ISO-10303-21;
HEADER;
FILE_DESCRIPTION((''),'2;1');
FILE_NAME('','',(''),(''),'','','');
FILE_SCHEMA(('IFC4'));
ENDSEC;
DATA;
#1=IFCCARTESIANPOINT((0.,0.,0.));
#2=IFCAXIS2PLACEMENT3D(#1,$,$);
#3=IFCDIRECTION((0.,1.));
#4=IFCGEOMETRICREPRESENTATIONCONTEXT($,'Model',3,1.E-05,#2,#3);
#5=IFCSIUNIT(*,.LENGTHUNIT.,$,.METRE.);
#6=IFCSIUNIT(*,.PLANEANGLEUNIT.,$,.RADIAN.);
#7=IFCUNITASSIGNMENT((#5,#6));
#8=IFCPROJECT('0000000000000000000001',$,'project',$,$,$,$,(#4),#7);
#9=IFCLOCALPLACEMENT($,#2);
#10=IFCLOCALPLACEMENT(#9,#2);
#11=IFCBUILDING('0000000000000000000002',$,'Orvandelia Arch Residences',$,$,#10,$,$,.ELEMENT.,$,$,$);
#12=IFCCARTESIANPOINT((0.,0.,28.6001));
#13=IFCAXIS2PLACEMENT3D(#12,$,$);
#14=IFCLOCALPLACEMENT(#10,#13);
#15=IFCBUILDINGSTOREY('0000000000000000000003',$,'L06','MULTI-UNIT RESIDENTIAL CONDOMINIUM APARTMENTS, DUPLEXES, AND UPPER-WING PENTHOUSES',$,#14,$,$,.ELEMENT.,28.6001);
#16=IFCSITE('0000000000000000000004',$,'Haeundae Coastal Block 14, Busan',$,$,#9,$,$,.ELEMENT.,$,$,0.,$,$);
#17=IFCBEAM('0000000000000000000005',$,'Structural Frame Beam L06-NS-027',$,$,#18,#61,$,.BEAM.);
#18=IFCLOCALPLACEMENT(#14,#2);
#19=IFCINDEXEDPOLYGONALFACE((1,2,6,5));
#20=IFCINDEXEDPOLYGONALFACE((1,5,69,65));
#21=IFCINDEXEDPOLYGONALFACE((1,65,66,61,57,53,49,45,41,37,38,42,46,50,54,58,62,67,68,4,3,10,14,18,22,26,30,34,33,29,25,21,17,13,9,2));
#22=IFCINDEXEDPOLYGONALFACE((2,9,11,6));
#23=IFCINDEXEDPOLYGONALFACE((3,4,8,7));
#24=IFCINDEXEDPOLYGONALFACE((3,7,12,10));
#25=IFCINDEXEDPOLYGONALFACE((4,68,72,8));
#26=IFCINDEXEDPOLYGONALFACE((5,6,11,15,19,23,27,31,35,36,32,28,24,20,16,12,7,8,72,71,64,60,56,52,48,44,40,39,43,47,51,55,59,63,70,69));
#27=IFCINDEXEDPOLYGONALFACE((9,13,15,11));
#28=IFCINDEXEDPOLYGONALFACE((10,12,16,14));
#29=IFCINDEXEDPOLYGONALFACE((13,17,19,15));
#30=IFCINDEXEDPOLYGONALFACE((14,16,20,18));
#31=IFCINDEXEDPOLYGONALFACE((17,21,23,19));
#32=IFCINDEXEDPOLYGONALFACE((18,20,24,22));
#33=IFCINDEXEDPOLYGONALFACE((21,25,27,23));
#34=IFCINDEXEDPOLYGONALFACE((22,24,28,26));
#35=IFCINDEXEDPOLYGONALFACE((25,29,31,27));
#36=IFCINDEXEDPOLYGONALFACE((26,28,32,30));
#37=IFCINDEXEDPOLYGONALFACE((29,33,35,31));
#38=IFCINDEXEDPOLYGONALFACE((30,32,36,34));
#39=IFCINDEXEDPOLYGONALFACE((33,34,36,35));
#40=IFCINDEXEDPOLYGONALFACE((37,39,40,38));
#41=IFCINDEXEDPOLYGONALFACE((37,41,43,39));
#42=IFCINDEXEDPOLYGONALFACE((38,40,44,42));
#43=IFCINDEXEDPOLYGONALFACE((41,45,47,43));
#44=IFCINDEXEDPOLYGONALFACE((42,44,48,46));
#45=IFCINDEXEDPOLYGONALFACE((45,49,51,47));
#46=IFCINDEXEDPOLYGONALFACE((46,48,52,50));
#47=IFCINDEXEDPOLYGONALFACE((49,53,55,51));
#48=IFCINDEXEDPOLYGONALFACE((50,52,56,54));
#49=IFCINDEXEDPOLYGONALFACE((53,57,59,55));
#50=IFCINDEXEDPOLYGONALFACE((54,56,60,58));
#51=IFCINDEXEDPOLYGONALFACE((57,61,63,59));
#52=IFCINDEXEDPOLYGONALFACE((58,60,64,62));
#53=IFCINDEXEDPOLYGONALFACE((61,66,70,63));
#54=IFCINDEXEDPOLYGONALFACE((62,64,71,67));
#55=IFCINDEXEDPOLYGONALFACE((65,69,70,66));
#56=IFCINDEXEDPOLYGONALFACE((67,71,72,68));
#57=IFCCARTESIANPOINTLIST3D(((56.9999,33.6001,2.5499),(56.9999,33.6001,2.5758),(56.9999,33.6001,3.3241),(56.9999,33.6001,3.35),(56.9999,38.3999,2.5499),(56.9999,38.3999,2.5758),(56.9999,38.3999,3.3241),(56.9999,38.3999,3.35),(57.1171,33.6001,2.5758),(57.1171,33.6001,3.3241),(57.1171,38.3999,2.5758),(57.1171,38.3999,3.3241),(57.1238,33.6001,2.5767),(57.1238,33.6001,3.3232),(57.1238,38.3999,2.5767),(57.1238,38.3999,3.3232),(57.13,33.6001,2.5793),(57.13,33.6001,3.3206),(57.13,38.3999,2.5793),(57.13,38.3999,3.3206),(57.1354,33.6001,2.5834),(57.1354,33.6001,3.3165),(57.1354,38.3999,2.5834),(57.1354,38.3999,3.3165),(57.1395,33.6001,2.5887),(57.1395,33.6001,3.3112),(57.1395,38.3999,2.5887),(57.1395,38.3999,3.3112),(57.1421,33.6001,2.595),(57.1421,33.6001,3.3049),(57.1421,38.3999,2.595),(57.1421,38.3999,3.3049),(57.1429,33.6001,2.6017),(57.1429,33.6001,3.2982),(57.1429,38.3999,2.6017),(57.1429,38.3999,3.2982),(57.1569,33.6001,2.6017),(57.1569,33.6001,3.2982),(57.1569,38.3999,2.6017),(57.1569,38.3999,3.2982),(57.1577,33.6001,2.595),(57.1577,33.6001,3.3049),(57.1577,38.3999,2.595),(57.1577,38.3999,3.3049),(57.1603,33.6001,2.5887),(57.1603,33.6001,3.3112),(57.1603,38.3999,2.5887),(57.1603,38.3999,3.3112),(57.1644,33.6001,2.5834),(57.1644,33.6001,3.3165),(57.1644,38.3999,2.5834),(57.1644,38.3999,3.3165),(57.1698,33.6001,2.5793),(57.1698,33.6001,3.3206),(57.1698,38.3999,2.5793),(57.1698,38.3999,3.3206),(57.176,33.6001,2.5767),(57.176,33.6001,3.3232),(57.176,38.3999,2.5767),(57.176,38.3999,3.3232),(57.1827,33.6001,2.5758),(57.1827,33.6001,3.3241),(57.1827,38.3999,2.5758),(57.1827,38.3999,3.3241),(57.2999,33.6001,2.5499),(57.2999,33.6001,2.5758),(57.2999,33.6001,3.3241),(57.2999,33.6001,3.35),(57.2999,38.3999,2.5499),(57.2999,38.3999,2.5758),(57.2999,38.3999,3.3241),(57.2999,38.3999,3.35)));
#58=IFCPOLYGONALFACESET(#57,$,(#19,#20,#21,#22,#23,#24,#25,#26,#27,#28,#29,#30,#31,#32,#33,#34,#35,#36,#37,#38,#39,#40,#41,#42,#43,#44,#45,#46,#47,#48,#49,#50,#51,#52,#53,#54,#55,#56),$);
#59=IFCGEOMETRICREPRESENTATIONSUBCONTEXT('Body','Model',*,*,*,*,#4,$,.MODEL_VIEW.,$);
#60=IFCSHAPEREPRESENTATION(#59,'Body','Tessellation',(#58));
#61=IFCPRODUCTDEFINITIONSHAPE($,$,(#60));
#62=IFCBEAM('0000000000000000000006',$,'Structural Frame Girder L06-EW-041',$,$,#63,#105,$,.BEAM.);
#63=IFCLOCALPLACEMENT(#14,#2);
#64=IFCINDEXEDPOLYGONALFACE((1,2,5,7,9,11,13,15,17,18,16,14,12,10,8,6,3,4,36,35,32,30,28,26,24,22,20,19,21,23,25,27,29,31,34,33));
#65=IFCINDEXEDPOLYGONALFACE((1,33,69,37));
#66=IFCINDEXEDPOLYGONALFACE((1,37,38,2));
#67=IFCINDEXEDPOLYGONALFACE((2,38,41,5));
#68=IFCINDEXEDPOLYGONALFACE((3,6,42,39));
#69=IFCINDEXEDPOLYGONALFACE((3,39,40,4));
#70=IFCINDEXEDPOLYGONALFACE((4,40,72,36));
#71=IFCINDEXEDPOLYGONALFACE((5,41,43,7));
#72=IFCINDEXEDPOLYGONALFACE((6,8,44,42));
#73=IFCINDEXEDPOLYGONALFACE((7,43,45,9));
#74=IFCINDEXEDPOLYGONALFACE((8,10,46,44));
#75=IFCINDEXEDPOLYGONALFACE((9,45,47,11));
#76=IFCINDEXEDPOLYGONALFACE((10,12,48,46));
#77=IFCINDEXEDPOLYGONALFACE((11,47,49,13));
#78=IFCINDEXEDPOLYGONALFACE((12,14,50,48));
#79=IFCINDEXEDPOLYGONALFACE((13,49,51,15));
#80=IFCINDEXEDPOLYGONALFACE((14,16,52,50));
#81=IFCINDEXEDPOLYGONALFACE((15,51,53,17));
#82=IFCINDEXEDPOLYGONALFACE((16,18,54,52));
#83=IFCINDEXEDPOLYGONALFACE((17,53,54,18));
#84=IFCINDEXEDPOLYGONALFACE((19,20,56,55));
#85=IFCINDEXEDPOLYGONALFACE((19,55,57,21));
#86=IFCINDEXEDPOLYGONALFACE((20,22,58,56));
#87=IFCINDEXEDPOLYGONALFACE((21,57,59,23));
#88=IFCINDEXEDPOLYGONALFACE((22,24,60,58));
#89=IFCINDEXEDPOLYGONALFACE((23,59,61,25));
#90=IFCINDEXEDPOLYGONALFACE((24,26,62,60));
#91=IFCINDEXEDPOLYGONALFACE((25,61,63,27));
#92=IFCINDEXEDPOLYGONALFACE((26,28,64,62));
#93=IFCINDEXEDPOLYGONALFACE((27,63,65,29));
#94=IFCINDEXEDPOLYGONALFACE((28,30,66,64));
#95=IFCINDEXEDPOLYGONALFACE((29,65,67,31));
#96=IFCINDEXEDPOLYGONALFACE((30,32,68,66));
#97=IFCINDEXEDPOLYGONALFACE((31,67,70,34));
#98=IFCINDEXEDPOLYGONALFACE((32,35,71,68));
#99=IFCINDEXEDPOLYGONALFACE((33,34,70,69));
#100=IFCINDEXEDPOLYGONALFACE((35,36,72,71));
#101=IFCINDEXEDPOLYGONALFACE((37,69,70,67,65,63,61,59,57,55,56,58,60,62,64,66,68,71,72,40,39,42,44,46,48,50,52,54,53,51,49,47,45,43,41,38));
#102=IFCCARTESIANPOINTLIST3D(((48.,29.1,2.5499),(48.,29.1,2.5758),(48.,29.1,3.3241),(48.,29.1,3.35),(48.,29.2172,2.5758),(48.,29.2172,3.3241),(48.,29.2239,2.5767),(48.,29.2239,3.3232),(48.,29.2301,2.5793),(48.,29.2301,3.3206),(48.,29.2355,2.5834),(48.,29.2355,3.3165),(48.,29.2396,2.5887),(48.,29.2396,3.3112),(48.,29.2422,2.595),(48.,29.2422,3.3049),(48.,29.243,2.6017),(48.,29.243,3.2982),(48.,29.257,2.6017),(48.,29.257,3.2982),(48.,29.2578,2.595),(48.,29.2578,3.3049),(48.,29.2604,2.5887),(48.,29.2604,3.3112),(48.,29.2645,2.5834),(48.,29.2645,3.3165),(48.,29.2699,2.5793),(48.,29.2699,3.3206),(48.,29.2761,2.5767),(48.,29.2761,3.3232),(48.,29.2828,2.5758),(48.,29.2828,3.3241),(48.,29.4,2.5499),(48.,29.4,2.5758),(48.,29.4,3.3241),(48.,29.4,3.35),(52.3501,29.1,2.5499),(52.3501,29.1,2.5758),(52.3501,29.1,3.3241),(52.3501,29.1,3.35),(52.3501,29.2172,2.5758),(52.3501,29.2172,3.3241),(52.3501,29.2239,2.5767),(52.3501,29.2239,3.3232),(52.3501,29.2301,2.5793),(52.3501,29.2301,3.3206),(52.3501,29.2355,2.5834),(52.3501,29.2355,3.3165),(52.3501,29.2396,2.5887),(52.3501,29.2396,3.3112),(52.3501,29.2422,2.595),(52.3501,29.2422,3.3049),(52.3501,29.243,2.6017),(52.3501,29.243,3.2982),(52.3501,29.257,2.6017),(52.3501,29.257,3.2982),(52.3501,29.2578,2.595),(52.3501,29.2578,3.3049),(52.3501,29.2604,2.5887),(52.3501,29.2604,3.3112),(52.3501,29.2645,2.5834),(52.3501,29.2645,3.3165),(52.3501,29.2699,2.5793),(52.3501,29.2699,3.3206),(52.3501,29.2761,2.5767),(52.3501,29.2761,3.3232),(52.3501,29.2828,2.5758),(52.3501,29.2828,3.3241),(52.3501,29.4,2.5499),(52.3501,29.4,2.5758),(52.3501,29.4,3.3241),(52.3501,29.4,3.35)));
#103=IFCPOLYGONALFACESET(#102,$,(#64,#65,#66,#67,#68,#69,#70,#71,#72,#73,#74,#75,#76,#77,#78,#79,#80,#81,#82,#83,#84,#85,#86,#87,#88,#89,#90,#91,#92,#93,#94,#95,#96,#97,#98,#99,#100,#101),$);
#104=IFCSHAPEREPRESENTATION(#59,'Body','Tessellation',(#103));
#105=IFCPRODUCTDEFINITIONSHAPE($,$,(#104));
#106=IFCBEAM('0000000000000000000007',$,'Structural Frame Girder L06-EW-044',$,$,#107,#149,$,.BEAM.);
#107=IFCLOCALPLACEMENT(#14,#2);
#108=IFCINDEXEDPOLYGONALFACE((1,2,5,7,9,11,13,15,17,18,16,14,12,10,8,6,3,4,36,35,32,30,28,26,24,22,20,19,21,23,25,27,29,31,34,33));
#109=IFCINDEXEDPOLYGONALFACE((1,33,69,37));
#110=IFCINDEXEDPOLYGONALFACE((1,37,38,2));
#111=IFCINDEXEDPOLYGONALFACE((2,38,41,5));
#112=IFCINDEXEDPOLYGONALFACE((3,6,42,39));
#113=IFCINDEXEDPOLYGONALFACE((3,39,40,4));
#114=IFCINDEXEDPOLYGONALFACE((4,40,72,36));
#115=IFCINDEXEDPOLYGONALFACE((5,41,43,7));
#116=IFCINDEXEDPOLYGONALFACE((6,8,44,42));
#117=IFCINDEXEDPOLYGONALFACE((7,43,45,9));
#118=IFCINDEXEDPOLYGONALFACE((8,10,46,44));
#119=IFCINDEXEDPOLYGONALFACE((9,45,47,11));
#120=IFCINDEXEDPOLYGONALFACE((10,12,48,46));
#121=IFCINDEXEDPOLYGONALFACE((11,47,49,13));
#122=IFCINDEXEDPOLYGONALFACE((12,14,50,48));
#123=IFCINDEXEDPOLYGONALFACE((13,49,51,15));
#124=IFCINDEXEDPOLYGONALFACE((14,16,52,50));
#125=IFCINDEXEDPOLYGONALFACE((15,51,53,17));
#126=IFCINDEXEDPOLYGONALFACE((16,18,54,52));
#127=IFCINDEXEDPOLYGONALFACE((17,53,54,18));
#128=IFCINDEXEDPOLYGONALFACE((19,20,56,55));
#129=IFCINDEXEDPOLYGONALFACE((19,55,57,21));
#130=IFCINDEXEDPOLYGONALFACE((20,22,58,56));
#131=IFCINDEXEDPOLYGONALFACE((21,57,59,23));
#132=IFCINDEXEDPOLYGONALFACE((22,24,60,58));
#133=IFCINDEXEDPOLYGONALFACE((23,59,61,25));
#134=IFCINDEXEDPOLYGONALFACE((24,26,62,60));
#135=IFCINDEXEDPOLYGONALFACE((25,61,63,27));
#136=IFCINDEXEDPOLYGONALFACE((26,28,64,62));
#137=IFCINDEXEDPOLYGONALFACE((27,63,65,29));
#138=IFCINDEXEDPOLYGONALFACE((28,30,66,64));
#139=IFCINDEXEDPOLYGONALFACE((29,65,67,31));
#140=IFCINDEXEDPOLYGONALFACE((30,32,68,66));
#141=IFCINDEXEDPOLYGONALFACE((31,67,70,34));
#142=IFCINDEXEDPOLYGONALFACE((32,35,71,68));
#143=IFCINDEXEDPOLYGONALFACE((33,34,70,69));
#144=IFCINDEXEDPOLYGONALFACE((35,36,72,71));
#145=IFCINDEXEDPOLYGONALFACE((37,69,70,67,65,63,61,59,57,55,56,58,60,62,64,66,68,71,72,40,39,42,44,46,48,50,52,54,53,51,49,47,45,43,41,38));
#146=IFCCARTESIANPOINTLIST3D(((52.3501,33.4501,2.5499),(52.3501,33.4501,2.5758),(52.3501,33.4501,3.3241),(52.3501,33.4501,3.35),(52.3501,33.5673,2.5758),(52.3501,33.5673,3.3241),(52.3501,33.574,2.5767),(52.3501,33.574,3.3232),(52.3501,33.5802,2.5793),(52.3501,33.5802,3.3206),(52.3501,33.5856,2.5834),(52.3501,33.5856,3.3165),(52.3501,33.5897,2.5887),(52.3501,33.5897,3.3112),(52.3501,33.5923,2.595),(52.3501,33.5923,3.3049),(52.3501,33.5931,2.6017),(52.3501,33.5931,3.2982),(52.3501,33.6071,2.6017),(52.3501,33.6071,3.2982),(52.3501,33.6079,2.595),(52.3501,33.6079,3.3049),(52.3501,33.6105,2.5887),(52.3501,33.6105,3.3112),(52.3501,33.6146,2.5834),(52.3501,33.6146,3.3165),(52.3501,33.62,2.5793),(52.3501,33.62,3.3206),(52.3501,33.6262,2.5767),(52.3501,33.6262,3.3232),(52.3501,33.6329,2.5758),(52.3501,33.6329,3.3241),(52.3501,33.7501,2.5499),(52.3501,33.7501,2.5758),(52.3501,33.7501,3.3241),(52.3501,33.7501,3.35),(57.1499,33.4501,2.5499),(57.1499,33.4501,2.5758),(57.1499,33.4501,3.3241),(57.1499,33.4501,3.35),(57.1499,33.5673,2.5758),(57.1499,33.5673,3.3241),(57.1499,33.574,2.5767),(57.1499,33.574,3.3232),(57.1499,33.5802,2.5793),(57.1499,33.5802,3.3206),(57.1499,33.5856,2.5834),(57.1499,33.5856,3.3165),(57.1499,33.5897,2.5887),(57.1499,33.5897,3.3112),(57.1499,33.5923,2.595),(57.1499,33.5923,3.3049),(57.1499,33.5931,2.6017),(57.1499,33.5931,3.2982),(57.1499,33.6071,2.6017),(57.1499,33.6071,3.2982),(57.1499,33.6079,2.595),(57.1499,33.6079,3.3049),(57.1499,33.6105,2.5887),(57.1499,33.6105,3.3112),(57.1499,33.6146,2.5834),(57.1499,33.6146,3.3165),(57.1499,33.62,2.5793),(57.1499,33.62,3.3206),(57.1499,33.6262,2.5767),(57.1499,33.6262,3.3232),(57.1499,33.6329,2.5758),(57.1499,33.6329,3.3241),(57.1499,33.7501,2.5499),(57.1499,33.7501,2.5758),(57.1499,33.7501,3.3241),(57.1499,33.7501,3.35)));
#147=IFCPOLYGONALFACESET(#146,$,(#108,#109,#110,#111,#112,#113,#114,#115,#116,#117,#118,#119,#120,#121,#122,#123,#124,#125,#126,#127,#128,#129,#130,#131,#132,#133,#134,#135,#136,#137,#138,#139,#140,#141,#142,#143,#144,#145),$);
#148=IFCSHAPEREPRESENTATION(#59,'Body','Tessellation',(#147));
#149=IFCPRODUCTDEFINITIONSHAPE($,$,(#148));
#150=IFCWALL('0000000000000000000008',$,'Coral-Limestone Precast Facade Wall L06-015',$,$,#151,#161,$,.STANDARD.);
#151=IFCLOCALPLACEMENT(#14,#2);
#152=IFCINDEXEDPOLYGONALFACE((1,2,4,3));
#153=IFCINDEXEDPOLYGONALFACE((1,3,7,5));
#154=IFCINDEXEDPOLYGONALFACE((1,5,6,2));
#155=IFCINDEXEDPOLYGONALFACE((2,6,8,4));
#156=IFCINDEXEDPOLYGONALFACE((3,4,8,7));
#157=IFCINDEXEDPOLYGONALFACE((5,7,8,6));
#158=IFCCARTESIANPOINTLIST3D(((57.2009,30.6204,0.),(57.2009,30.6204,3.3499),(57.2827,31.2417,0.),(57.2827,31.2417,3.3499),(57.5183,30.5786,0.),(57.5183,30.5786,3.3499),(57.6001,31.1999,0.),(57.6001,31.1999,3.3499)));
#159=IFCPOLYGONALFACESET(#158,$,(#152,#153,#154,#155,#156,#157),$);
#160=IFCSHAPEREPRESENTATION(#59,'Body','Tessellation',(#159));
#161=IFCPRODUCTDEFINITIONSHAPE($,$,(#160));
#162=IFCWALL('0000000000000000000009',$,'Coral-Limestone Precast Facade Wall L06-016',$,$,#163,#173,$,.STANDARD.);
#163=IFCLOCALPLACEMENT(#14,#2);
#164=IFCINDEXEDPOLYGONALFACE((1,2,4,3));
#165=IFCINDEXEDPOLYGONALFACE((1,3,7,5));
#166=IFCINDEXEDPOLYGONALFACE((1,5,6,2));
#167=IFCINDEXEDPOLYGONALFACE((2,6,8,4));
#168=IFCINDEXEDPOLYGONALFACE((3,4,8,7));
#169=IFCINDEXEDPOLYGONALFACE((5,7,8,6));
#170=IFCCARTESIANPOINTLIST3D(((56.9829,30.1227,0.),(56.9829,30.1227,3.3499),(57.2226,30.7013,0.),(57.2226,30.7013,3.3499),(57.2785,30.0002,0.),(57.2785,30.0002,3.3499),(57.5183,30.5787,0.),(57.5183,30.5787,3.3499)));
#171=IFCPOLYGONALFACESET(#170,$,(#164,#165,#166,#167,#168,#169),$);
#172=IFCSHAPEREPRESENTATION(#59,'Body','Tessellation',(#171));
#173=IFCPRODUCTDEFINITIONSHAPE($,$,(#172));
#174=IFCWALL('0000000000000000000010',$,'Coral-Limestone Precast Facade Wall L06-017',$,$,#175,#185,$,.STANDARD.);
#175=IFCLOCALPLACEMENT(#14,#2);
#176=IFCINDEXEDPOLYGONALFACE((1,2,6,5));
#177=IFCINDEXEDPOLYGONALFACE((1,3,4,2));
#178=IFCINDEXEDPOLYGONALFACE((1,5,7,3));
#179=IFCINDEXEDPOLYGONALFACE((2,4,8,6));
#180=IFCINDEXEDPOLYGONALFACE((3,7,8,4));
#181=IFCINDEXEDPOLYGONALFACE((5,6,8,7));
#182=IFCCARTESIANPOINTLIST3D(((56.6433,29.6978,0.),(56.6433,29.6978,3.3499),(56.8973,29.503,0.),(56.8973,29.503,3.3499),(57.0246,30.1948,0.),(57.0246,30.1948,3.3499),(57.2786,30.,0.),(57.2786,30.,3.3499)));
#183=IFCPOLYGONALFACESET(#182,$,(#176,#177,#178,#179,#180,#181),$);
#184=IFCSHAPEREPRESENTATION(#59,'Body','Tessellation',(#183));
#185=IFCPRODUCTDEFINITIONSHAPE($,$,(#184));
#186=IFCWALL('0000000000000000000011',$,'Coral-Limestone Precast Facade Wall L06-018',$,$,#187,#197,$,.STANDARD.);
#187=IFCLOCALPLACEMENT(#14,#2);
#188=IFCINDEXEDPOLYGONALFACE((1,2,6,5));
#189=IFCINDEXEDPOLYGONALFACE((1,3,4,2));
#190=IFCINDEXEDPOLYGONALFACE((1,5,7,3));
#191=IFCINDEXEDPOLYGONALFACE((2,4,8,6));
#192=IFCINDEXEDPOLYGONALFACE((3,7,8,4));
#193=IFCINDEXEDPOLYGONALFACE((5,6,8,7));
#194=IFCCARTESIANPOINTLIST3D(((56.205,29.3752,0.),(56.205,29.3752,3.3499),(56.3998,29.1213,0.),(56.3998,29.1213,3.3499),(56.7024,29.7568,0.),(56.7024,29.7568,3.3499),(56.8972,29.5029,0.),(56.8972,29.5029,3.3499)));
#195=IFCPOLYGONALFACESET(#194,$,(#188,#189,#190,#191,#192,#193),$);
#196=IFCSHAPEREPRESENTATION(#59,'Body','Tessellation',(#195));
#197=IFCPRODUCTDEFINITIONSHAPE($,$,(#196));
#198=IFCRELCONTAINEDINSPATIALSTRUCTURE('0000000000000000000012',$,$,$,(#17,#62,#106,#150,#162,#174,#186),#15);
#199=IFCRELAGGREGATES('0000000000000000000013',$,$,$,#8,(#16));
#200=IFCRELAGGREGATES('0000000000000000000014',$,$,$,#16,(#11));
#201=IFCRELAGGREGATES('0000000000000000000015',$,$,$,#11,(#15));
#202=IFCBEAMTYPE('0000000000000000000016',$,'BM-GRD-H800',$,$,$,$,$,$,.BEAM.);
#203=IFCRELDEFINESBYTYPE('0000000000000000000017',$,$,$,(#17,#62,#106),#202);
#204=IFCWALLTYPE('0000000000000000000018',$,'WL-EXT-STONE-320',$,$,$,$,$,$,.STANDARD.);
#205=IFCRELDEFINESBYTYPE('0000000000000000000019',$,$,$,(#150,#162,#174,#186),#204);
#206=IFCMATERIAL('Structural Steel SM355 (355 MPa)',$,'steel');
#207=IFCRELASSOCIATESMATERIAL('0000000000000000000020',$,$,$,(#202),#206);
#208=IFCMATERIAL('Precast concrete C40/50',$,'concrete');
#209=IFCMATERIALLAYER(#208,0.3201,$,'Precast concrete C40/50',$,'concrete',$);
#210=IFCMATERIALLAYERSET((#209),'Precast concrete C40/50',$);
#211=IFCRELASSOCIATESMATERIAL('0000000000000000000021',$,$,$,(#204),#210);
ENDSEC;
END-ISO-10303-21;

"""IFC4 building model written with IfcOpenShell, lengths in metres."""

from ifc_helpers import new_model, si_unit, direction, frame, frame_2d, origin, origin_2d, place, context, subcontext, project, spatial, rectangle, i_section, extrude, material, layer, layer_set, material_profile, profile_set, type_object, element, save


model = new_model("IFC4")

# Units and contexts
model_context = context("Model", 3, precision=1e-05, world=origin(), true_north=direction((0.0, 1.0)))
body_context = subcontext(model_context, "Body", "Model", "MODEL_VIEW")
ifc_project = project(units=[si_unit("LENGTHUNIT", "METRE"), si_unit("PLANEANGLEUNIT", "RADIAN")], contexts=[model_context])

# Site, building, storey
site_placement = place(None, origin())
site = spatial("IfcSite", under=ifc_project, at=site_placement, Name="Haeundae Coastal Block 14, Busan", CompositionType="ELEMENT", RefElevation=0.0)
building_placement = place(site_placement, origin())
building = spatial("IfcBuilding", under=site, at=building_placement, Name="Orvandelia Arch Residences", CompositionType="ELEMENT")
storey_placement = place(building_placement, frame((0.0, 0.0, 28.6001)))
storey = spatial("IfcBuildingStorey", under=building, at=storey_placement, Name="L06", Description="MULTI-UNIT RESIDENTIAL CONDOMINIUM APARTMENTS, DUPLEXES, AND UPPER-WING PENTHOUSES", CompositionType="ELEMENT", Elevation=28.6001)

# Beams
ifc_material_1 = material(Name="Structural Steel SM355 (355 MPa)", Category="steel")
ifc_material_profile_1 = material_profile(ifc_material_1, i_section(OverallWidth=0.3, OverallDepth=0.8, WebThickness=0.0139, FlangeThickness=0.0259, FilletRadius=0.0259, at=origin_2d()), Name="Structural Steel SM355 (355 MPa)", Category="steel")
ifc_profile_set_1 = profile_set([ifc_material_profile_1], Name="Structural Steel SM355 (355 MPa)")
beam_type = type_object("IfcBeamType", Name="BM-GRD-H800", PredefinedType="BEAM", material=ifc_profile_set_1)
for number, where, z_axis, x_axis, name in (
    (1, (57.1499, 33.6001, 2.95), (0.0, 1.0, 0.0), (-1.0, 0.0, 0.0), "Structural Frame Beam L06-NS-027"),
):
    element("IfcBeam", number, at=place(storey_placement, frame(where, z_axis=z_axis, x_axis=x_axis)), inside=storey, type_object=beam_type, Name=name, PredefinedType="BEAM", context=body_context, shape_type="SweptSolid", body=[
        extrude(i_section(OverallWidth=0.3, OverallDepth=0.8, WebThickness=0.0139, FlangeThickness=0.0259, FilletRadius=0.0259, at=origin_2d()), origin(), (0.0, 0.0, 1.0), 4.7998),
    ])
beam_1_placement = place(storey_placement, frame((48.0, 29.25, 2.95), z_axis=(1.0, 0.0, 0.0), x_axis=(0.0, 1.0, 0.0)))
element("IfcBeam", 2, at=beam_1_placement, inside=storey, type_object=beam_type, Name="Structural Frame Girder L06-EW-041", PredefinedType="BEAM", context=body_context, shape_type="SweptSolid", body=[
    extrude(i_section(OverallWidth=0.3, OverallDepth=0.8, WebThickness=0.0139, FlangeThickness=0.0259, FilletRadius=0.0259, at=origin_2d()), origin(), (0.0, 0.0, 1.0), 4.3501),
])
beam_2_placement = place(storey_placement, frame((52.3501, 33.6001, 2.95), z_axis=(1.0, 0.0, 0.0), x_axis=(0.0, 1.0, 0.0)))
element("IfcBeam", 3, at=beam_2_placement, inside=storey, type_object=beam_type, Name="Structural Frame Girder L06-EW-044", PredefinedType="BEAM", context=body_context, shape_type="SweptSolid", body=[
    extrude(i_section(OverallWidth=0.3, OverallDepth=0.8, WebThickness=0.0139, FlangeThickness=0.0259, FilletRadius=0.0259, at=origin_2d()), origin(), (0.0, 0.0, 1.0), 4.7998),
])

# Walls
ifc_material_2 = material(Name="Precast concrete C40/50", Category="concrete")
ifc_layer_1 = layer(ifc_material_2, 0.3201, Name="Precast concrete C40/50", Category="concrete")
ifc_layer_set_1 = layer_set([ifc_layer_1], Name="Precast concrete C40/50")
wall_type_1 = type_object("IfcWallType", Name="WL-EXT-STONE-320", PredefinedType="STANDARD", material=ifc_layer_set_1)
wall_1_placement = place(storey_placement, frame((57.4414, 31.2209, 0.0), z_axis=(0.0, 0.0, 1.0), x_axis=(-0.130505, -0.991448, 0.0)))
element("IfcWall", 4, at=wall_1_placement, inside=storey, type_object=wall_type_1, Name="Coral-Limestone Precast Facade Wall L06-015", PredefinedType="STANDARD", context=body_context, shape_type="SweptSolid", body=[
    extrude(rectangle(XDim=0.6267, YDim=0.3201, at=frame_2d((0.3135, 0.0))), origin(), (0.0, 0.0, 1.0), 3.3499),
])
wall_2_placement = place(storey_placement, frame((57.3704, 30.6399, 0.0), z_axis=(0.0, 0.0, 1.0), x_axis=(-0.382788, -0.923836, 0.0)))
element("IfcWall", 5, at=wall_2_placement, inside=storey, type_object=wall_type_1, Name="Coral-Limestone Precast Facade Wall L06-016", PredefinedType="STANDARD", context=body_context, shape_type="SweptSolid", body=[
    extrude(rectangle(XDim=0.6262, YDim=0.3201, at=frame_2d((0.313, 0.0))), origin(), (0.0, 0.0, 1.0), 3.3499),
])
wall_3_placement = place(storey_placement, frame((57.1516, 30.0974, 0.0), z_axis=(0.0, 0.0, 1.0), x_axis=(-0.608693, -0.793406, 0.0)))
element("IfcWall", 6, at=wall_3_placement, inside=storey, type_object=wall_type_1, Name="Coral-Limestone Precast Facade Wall L06-017", PredefinedType="STANDARD", context=body_context, shape_type="SweptSolid", body=[
    extrude(rectangle(XDim=0.6265, YDim=0.3201, at=frame_2d((0.3132, 0.0))), origin(), (0.0, 0.0, 1.0), 3.3499),
])
wall_4_placement = place(storey_placement, frame((56.7998, 29.6299, 0.0), z_axis=(0.0, 0.0, 1.0), x_axis=(-0.793362, -0.60875, 0.0)))
element("IfcWall", 7, at=wall_4_placement, inside=storey, type_object=wall_type_1, Name="Coral-Limestone Precast Facade Wall L06-018", PredefinedType="STANDARD", context=body_context, shape_type="SweptSolid", body=[
    extrude(rectangle(XDim=0.627, YDim=0.3201, at=frame_2d((0.3135, 0.0))), origin(), (0.0, 0.0, 1.0), 3.3499),
])

save(model, "model.ifc")
